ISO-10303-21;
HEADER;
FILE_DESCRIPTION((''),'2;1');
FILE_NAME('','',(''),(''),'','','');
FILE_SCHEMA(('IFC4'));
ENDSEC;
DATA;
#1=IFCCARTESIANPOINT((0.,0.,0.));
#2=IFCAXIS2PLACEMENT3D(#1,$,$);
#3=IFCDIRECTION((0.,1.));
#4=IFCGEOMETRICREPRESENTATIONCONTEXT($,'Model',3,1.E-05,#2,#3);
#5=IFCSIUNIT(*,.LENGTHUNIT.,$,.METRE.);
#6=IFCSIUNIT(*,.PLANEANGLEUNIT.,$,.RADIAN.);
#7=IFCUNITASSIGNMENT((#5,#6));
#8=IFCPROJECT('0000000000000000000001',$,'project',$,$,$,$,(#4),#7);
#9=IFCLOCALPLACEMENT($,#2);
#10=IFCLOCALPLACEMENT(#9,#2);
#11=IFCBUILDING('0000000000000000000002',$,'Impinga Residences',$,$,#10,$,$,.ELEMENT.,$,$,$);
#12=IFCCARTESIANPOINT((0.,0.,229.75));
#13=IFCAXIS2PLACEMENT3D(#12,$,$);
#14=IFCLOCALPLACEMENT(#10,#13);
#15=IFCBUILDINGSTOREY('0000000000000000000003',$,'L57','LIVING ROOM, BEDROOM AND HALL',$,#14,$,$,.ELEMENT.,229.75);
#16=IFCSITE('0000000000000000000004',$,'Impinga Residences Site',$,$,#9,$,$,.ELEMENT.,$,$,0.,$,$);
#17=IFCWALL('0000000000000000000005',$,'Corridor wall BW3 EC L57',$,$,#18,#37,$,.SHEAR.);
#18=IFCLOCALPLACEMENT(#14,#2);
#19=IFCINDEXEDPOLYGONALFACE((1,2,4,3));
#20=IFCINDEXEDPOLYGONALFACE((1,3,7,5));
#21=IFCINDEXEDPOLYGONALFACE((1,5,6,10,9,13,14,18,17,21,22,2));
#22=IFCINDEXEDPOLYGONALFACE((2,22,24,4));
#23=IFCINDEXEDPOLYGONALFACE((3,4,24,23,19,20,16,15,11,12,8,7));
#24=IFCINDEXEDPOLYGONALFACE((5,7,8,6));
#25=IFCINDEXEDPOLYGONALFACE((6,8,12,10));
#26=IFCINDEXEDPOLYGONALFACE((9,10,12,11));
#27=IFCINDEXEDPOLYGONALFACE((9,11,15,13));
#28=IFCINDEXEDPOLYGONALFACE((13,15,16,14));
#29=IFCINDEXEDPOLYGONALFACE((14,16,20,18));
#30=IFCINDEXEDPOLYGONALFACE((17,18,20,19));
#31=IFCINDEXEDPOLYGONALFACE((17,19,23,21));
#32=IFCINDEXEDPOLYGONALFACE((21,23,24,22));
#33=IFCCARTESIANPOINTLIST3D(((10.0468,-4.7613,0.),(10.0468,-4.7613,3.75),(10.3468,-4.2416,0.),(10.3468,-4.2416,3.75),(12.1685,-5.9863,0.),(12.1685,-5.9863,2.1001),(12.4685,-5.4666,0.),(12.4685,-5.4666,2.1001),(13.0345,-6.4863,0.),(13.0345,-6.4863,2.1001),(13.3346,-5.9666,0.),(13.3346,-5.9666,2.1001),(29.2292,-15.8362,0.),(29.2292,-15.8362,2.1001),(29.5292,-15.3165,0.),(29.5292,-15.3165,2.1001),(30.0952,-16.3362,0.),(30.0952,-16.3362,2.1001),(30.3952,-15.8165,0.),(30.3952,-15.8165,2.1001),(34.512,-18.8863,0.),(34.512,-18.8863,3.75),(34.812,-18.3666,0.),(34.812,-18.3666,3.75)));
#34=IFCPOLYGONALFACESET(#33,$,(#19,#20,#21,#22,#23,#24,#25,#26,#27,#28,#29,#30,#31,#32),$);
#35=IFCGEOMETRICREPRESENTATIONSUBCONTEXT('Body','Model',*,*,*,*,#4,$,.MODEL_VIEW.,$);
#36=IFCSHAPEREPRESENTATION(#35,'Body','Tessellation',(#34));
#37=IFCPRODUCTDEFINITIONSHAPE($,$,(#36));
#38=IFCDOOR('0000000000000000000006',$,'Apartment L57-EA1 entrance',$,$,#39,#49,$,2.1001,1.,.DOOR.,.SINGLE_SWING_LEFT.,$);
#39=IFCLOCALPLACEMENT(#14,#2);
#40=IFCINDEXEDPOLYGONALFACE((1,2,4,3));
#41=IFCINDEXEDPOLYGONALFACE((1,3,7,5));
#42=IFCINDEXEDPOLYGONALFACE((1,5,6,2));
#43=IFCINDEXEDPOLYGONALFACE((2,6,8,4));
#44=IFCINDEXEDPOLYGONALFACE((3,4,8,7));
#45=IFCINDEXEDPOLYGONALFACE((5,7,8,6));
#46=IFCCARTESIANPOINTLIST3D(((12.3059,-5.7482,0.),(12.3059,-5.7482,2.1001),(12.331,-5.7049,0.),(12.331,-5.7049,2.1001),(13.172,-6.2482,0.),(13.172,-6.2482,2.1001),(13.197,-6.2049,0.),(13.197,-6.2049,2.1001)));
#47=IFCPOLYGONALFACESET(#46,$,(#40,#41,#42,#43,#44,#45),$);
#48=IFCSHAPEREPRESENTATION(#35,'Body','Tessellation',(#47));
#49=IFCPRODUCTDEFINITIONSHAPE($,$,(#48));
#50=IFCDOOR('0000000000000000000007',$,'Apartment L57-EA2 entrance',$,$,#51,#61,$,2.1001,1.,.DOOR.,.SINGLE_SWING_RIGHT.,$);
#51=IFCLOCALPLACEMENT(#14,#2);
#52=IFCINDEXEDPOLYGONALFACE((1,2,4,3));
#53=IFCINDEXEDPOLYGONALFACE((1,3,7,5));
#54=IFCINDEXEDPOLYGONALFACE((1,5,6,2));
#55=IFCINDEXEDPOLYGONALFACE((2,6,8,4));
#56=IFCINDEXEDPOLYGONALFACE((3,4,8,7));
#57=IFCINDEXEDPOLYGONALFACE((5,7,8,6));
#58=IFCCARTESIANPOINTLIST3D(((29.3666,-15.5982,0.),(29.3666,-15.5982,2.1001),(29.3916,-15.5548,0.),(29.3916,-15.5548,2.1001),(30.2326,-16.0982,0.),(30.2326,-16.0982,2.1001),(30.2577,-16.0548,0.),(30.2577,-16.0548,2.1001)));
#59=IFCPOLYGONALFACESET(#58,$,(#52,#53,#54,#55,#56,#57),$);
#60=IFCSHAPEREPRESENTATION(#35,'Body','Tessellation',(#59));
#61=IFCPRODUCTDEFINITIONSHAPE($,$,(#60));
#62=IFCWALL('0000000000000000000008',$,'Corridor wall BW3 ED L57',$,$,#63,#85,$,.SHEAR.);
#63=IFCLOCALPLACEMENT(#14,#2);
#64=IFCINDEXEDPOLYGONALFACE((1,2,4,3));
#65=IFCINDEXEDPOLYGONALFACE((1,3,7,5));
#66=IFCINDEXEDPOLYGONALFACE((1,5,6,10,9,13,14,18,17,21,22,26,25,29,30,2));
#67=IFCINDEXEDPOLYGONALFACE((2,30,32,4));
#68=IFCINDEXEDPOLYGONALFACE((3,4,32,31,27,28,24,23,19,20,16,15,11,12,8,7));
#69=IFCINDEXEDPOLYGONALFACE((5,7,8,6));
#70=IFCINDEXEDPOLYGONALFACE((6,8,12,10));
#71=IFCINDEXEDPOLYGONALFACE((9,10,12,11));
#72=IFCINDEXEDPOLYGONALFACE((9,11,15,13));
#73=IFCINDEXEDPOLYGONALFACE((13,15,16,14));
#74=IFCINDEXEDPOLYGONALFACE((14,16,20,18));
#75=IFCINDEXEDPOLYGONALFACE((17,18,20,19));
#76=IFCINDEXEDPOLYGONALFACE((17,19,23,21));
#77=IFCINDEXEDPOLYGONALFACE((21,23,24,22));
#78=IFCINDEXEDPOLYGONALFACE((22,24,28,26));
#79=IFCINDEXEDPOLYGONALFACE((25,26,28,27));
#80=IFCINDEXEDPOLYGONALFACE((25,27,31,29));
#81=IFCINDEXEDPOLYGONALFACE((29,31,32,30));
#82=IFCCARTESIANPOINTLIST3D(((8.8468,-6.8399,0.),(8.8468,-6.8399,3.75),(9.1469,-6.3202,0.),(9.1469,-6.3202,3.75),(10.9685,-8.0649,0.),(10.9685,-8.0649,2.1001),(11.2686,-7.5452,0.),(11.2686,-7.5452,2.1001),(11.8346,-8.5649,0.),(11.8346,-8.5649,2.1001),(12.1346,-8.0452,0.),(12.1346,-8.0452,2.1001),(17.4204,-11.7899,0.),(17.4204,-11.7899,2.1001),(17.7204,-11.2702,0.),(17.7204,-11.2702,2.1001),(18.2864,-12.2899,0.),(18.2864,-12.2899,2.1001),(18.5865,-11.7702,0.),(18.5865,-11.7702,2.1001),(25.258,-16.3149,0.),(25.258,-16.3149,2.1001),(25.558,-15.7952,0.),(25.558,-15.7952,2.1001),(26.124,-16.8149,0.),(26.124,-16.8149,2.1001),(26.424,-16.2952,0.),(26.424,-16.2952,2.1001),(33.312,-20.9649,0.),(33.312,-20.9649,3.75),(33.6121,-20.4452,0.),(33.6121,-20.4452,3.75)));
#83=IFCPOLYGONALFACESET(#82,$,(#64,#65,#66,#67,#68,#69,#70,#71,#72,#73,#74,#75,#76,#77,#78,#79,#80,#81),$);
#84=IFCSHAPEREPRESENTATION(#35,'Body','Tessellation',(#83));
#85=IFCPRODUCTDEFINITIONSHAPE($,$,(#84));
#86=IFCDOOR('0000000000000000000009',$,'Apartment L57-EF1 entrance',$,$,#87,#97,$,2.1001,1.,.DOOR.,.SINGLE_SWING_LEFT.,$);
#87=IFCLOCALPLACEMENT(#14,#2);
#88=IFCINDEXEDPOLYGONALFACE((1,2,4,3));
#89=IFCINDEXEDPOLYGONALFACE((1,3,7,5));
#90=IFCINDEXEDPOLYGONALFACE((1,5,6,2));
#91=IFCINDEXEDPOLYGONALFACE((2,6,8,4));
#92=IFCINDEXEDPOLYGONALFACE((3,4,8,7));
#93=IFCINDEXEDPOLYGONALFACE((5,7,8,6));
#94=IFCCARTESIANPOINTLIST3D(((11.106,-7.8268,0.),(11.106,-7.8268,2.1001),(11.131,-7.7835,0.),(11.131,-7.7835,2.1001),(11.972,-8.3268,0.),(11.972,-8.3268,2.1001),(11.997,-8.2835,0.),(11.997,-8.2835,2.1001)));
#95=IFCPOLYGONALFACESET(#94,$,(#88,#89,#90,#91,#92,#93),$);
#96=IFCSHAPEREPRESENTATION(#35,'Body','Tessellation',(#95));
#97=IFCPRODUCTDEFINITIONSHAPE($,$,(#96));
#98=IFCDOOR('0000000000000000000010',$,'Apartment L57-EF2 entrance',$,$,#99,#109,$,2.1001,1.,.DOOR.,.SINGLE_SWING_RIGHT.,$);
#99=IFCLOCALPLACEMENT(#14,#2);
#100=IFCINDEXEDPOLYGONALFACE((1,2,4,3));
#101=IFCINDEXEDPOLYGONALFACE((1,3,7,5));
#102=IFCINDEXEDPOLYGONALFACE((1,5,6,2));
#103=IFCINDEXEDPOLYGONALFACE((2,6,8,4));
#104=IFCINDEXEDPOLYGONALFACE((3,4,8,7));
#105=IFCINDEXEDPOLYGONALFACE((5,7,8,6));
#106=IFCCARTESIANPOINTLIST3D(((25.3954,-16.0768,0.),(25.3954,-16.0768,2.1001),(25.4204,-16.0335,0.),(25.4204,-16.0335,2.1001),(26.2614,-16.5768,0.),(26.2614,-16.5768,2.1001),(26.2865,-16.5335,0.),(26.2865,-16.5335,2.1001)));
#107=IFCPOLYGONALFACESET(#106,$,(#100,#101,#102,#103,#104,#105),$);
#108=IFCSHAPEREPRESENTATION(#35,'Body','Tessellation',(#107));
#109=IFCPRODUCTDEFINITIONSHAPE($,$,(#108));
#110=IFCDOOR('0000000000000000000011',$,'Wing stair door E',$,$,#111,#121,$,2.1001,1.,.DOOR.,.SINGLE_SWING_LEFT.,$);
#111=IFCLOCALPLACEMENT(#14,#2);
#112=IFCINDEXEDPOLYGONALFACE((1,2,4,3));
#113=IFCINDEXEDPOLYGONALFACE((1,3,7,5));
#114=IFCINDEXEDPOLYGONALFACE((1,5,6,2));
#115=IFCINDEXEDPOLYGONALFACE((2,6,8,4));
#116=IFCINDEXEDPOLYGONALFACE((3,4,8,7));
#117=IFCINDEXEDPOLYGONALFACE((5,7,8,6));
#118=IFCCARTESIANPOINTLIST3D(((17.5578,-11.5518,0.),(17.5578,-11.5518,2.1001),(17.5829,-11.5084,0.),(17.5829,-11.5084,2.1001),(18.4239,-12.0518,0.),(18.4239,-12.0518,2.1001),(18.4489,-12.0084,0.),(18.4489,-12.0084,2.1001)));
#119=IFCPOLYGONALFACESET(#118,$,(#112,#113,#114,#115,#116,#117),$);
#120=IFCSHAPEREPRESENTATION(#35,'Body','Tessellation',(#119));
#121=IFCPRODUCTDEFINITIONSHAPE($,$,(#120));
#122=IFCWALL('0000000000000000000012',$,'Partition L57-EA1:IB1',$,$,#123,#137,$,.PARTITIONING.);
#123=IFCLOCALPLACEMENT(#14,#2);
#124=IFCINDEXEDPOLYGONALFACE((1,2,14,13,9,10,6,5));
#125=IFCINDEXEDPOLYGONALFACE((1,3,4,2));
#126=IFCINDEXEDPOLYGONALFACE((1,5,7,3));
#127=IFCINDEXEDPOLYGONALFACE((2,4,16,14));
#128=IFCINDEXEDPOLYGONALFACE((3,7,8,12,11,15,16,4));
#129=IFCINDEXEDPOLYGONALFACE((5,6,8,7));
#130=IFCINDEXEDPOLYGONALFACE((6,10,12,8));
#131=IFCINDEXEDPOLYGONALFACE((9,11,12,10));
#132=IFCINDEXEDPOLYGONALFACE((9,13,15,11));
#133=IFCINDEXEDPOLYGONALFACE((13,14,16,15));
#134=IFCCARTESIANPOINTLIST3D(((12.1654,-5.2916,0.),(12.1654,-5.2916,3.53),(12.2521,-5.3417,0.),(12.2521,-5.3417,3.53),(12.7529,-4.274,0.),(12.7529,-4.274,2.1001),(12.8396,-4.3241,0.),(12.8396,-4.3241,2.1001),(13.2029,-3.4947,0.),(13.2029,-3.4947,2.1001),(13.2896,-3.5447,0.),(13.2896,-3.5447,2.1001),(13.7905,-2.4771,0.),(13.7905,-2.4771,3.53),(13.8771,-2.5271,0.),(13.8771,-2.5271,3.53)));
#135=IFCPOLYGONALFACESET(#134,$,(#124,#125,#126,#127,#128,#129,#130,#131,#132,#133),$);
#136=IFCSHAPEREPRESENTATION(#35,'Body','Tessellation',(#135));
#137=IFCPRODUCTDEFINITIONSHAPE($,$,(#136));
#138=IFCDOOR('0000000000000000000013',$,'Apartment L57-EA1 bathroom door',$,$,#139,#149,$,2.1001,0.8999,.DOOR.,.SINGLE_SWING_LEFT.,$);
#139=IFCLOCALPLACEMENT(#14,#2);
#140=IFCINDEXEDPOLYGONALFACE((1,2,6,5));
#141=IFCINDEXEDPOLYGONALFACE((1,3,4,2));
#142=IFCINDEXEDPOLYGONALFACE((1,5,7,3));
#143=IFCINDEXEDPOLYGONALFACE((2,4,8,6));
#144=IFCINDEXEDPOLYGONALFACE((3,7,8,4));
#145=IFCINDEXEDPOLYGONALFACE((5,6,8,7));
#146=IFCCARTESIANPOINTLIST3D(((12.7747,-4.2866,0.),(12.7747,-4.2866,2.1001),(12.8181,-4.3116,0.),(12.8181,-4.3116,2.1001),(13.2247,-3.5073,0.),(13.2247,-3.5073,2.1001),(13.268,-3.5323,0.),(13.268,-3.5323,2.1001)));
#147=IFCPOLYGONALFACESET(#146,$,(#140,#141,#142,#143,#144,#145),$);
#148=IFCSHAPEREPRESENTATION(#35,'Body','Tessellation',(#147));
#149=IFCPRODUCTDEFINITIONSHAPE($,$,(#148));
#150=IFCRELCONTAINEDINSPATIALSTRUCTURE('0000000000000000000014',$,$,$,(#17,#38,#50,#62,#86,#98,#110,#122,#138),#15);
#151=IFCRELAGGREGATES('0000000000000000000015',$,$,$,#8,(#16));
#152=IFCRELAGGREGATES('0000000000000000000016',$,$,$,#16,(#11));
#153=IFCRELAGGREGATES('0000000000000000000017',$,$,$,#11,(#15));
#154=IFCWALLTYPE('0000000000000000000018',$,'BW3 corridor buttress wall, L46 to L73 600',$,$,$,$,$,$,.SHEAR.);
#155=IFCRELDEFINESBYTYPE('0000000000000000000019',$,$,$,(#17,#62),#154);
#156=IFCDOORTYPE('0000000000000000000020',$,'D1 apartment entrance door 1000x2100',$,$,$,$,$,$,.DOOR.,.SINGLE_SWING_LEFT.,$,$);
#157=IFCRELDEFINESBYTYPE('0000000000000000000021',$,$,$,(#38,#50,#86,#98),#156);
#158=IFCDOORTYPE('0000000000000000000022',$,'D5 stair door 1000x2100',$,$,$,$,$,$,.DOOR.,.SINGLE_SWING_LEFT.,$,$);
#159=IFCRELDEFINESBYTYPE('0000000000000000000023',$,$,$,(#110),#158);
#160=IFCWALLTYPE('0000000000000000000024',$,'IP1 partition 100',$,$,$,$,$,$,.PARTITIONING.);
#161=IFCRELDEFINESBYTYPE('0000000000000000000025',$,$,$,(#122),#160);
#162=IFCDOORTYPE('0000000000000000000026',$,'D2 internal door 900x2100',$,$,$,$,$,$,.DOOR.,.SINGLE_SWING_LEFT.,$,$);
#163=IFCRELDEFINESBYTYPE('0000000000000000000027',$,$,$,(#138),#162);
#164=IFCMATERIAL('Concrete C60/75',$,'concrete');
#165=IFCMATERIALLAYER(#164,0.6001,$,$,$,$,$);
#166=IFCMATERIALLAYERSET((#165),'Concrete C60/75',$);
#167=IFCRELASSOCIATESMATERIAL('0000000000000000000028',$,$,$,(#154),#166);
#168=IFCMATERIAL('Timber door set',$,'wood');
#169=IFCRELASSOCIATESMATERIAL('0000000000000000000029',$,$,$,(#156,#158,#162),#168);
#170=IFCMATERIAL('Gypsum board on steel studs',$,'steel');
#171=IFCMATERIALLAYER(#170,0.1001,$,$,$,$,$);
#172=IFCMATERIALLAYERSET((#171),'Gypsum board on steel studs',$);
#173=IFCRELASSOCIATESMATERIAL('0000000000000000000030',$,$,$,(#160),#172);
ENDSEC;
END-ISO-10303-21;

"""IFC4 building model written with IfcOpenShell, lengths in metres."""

from ifc_helpers import new_model, si_unit, direction, frame, frame_2d, origin, place, context, subcontext, project, spatial, rectangle, extrude, material, layer, layer_set, type_object, element, fill, save


model = new_model("IFC4")

# Units and contexts
model_context = context("Model", 3, precision=1e-05, world=origin(), true_north=direction((0.0, 1.0)))
body_context = subcontext(model_context, "Body", "Model", "MODEL_VIEW")
ifc_project = project(units=[si_unit("LENGTHUNIT", "METRE"), si_unit("PLANEANGLEUNIT", "RADIAN")], contexts=[model_context])

# Site, building, storey
site_placement = place(None, origin())
site = spatial("IfcSite", under=ifc_project, at=site_placement, Name="Impinga Residences Site", CompositionType="ELEMENT", RefElevation=0.0)
building_placement = place(site_placement, origin())
building = spatial("IfcBuilding", under=site, at=building_placement, Name="Impinga Residences", CompositionType="ELEMENT")
storey_placement = place(building_placement, frame((0.0, 0.0, 229.75)))
storey = spatial("IfcBuildingStorey", under=building, at=storey_placement, Name="L57", Description="LIVING ROOM, BEDROOM AND HALL", CompositionType="ELEMENT", Elevation=229.75)

# Walls, openings, doors
ifc_material_1 = material(Name="Concrete C60/75", Category="concrete")
ifc_layer_1 = layer(ifc_material_1, 0.6001)
ifc_layer_set_1 = layer_set([ifc_layer_1], Name="Concrete C60/75")
wall_type_1 = type_object("IfcWallType", Name="BW3 corridor buttress wall, L46 to L73 600", PredefinedType="SHEAR", material=ifc_layer_set_1)
wall_1_placement = place(storey_placement, frame((10.1968, -4.5015, 0.0), z_axis=(0.0, 0.0, 1.0), x_axis=(0.866026, -0.499998, 0.0)))
wall_1 = element("IfcWall", 1, at=wall_1_placement, inside=storey, type_object=wall_type_1, Name="Corridor wall BW3 EC L57", PredefinedType="SHEAR", context=body_context, shape_type="SweptSolid", body=[
    extrude(rectangle(XDim=28.25, YDim=0.6001, at=frame_2d((14.125, 0.0))), origin(), (0.0, 0.0, 1.0), 3.75),
])
opening_1_placement = place(wall_1_placement, frame((2.45, 0.0, 0.0)))
opening_1 = element("IfcOpeningElement", 2, at=opening_1_placement, cuts=wall_1, PredefinedType="OPENING", context=body_context, shape_type="SweptSolid", body=[
    extrude(rectangle(XDim=1.0, YDim=2.1001, at=frame_2d((0.5, 1.05))), frame((0.0, 0.3101, 0.0), z_axis=(0.0, -1.0, 0.0), x_axis=(1.0, 0.0, 0.0)), (0.0, 0.0, 1.0), 0.6201),
])
opening_2_placement = place(wall_1_placement, frame((22.1499, 0.0, 0.0)))
opening_2 = element("IfcOpeningElement", 3, at=opening_2_placement, cuts=wall_1, PredefinedType="OPENING", context=body_context, shape_type="SweptSolid", body=[
    extrude(rectangle(XDim=1.0, YDim=2.1001, at=frame_2d((0.5, 1.05))), frame((0.0, 0.3101, 0.0), z_axis=(0.0, -1.0, 0.0), x_axis=(1.0, 0.0, 0.0)), (0.0, 0.0, 1.0), 0.6201),
])
ifc_material_2 = material(Name="Timber door set", Category="wood")
door_type_1 = type_object("IfcDoorType", Name="D1 apartment entrance door 1000x2100", OperationType="SINGLE_SWING_LEFT", PredefinedType="DOOR", material=ifc_material_2)
door_1_placement = place(opening_1_placement, origin())
door_1 = element("IfcDoor", 4, at=door_1_placement, inside=storey, type_object=door_type_1, Name="Apartment L57-EA1 entrance", OperationType="SINGLE_SWING_LEFT", OverallHeight=2.1001, OverallWidth=1.0, PredefinedType="DOOR", context=body_context, shape_type="SweptSolid", body=[
    extrude(rectangle(XDim=1.0, YDim=2.1001, at=frame_2d((0.5, 1.05))), frame((0.0, 0.0249, 0.0), z_axis=(0.0, -1.0, 0.0), x_axis=(1.0, 0.0, 0.0)), (0.0, 0.0, 1.0), 0.05),
])
fill(opening_1, door_1)
door_2_placement = place(opening_2_placement, origin())
door_2 = element("IfcDoor", 5, at=door_2_placement, inside=storey, type_object=door_type_1, Name="Apartment L57-EA2 entrance", OperationType="SINGLE_SWING_RIGHT", OverallHeight=2.1001, OverallWidth=1.0, PredefinedType="DOOR", context=body_context, shape_type="SweptSolid", body=[
    extrude(rectangle(XDim=1.0, YDim=2.1001, at=frame_2d((0.5, 1.05))), frame((0.0, 0.0249, 0.0), z_axis=(0.0, -1.0, 0.0), x_axis=(1.0, 0.0, 0.0)), (0.0, 0.0, 1.0), 0.05),
])
fill(opening_2, door_2)
wall_2_placement = place(storey_placement, frame((8.9968, -6.5801, 0.0), z_axis=(0.0, 0.0, 1.0), x_axis=(0.866026, -0.499998, 0.0)))
wall_2 = element("IfcWall", 6, at=wall_2_placement, inside=storey, type_object=wall_type_1, Name="Corridor wall BW3 ED L57", PredefinedType="SHEAR", context=body_context, shape_type="SweptSolid", body=[
    extrude(rectangle(XDim=28.25, YDim=0.6001, at=frame_2d((14.125, 0.0))), origin(), (0.0, 0.0, 1.0), 3.75),
])
opening_3_placement = place(wall_2_placement, frame((9.8999, 0.0, 0.0)))
opening_3 = element("IfcOpeningElement", 7, at=opening_3_placement, cuts=wall_2, PredefinedType="OPENING", context=body_context, shape_type="SweptSolid", body=[
    extrude(rectangle(XDim=1.0, YDim=2.1001, at=frame_2d((0.5, 1.05))), frame((0.0, 0.3101, 0.0), z_axis=(0.0, -1.0, 0.0), x_axis=(1.0, 0.0, 0.0)), (0.0, 0.0, 1.0), 0.6201),
])
opening_4_placement = place(wall_2_placement, frame((2.45, 0.0, 0.0)))
opening_4 = element("IfcOpeningElement", 8, at=opening_4_placement, cuts=wall_2, PredefinedType="OPENING", context=body_context, shape_type="SweptSolid", body=[
    extrude(rectangle(XDim=1.0, YDim=2.1001, at=frame_2d((0.5, 1.05))), frame((0.0, 0.3101, 0.0), z_axis=(0.0, -1.0, 0.0), x_axis=(1.0, 0.0, 0.0)), (0.0, 0.0, 1.0), 0.6201),
])
opening_5_placement = place(wall_2_placement, frame((18.95, 0.0, 0.0)))
opening_5 = element("IfcOpeningElement", 9, at=opening_5_placement, cuts=wall_2, PredefinedType="OPENING", context=body_context, shape_type="SweptSolid", body=[
    extrude(rectangle(XDim=1.0, YDim=2.1001, at=frame_2d((0.5, 1.05))), frame((0.0, 0.3101, 0.0), z_axis=(0.0, -1.0, 0.0), x_axis=(1.0, 0.0, 0.0)), (0.0, 0.0, 1.0), 0.6201),
])
door_3_placement = place(opening_4_placement, origin())
door_3 = element("IfcDoor", 10, at=door_3_placement, inside=storey, type_object=door_type_1, Name="Apartment L57-EF1 entrance", OperationType="SINGLE_SWING_LEFT", OverallHeight=2.1001, OverallWidth=1.0, PredefinedType="DOOR", context=body_context, shape_type="SweptSolid", body=[
    extrude(rectangle(XDim=1.0, YDim=2.1001, at=frame_2d((0.5, 1.05))), frame((0.0, 0.0249, 0.0), z_axis=(0.0, -1.0, 0.0), x_axis=(1.0, 0.0, 0.0)), (0.0, 0.0, 1.0), 0.05),
])
fill(opening_4, door_3)
door_4_placement = place(opening_5_placement, origin())
door_4 = element("IfcDoor", 11, at=door_4_placement, inside=storey, type_object=door_type_1, Name="Apartment L57-EF2 entrance", OperationType="SINGLE_SWING_RIGHT", OverallHeight=2.1001, OverallWidth=1.0, PredefinedType="DOOR", context=body_context, shape_type="SweptSolid", body=[
    extrude(rectangle(XDim=1.0, YDim=2.1001, at=frame_2d((0.5, 1.05))), frame((0.0, 0.0249, 0.0), z_axis=(0.0, -1.0, 0.0), x_axis=(1.0, 0.0, 0.0)), (0.0, 0.0, 1.0), 0.05),
])
fill(opening_5, door_4)
door_type_2 = type_object("IfcDoorType", Name="D5 stair door 1000x2100", OperationType="SINGLE_SWING_LEFT", PredefinedType="DOOR", material=ifc_material_2)
door_5_placement = place(opening_3_placement, origin())
door_5 = element("IfcDoor", 12, at=door_5_placement, inside=storey, type_object=door_type_2, Name="Wing stair door E", OperationType="SINGLE_SWING_LEFT", OverallHeight=2.1001, OverallWidth=1.0, PredefinedType="DOOR", context=body_context, shape_type="SweptSolid", body=[
    extrude(rectangle(XDim=1.0, YDim=2.1001, at=frame_2d((0.5, 1.05))), frame((0.0, 0.0249, 0.0), z_axis=(0.0, -1.0, 0.0), x_axis=(1.0, 0.0, 0.0)), (0.0, 0.0, 1.0), 0.05),
])
fill(opening_3, door_5)

# Wall, opening, door
ifc_material_3 = material(Name="Gypsum board on steel studs", Category="steel")
ifc_layer_2 = layer(ifc_material_3, 0.1001)
ifc_layer_set_2 = layer_set([ifc_layer_2], Name="Gypsum board on steel studs")
wall_type_2 = type_object("IfcWallType", Name="IP1 partition 100", PredefinedType="PARTITIONING", material=ifc_layer_set_2)
wall_3_placement = place(storey_placement, frame((12.2087, -5.3167, 0.0), z_axis=(0.0, 0.0, 1.0), x_axis=(0.500017, 0.866015, 0.0)))
wall_3 = element("IfcWall", 13, at=wall_3_placement, inside=storey, type_object=wall_type_2, Name="Partition L57-EA1:IB1", PredefinedType="PARTITIONING", context=body_context, shape_type="SweptSolid", body=[
    extrude(rectangle(XDim=3.25, YDim=0.1001, at=frame_2d((1.625, 0.0))), origin(), (0.0, 0.0, 1.0), 3.53),
])
opening_6_placement = place(wall_3_placement, frame((1.175, 0.0, 0.0)))
opening_6 = element("IfcOpeningElement", 14, at=opening_6_placement, cuts=wall_3, PredefinedType="OPENING", context=body_context, shape_type="SweptSolid", body=[
    extrude(rectangle(XDim=0.8999, YDim=2.1001, at=frame_2d((0.45, 1.05))), frame((0.0, 0.0601, 0.0), z_axis=(0.0, -1.0, 0.0), x_axis=(1.0, 0.0, 0.0)), (0.0, 0.0, 1.0), 0.1201),
])
door_type_3 = type_object("IfcDoorType", Name="D2 internal door 900x2100", OperationType="SINGLE_SWING_LEFT", PredefinedType="DOOR", material=ifc_material_2)
door_6_placement = place(opening_6_placement, origin())
door_6 = element("IfcDoor", 15, at=door_6_placement, inside=storey, type_object=door_type_3, Name="Apartment L57-EA1 bathroom door", OperationType="SINGLE_SWING_LEFT", OverallHeight=2.1001, OverallWidth=0.8999, PredefinedType="DOOR", context=body_context, shape_type="SweptSolid", body=[
    extrude(rectangle(XDim=0.8999, YDim=2.1001, at=frame_2d((0.45, 1.05))), frame((0.0, 0.0249, 0.0), z_axis=(0.0, -1.0, 0.0), x_axis=(1.0, 0.0, 0.0)), (0.0, 0.0, 1.0), 0.05),
])
fill(opening_6, door_6)

save(model, "model.ifc")
